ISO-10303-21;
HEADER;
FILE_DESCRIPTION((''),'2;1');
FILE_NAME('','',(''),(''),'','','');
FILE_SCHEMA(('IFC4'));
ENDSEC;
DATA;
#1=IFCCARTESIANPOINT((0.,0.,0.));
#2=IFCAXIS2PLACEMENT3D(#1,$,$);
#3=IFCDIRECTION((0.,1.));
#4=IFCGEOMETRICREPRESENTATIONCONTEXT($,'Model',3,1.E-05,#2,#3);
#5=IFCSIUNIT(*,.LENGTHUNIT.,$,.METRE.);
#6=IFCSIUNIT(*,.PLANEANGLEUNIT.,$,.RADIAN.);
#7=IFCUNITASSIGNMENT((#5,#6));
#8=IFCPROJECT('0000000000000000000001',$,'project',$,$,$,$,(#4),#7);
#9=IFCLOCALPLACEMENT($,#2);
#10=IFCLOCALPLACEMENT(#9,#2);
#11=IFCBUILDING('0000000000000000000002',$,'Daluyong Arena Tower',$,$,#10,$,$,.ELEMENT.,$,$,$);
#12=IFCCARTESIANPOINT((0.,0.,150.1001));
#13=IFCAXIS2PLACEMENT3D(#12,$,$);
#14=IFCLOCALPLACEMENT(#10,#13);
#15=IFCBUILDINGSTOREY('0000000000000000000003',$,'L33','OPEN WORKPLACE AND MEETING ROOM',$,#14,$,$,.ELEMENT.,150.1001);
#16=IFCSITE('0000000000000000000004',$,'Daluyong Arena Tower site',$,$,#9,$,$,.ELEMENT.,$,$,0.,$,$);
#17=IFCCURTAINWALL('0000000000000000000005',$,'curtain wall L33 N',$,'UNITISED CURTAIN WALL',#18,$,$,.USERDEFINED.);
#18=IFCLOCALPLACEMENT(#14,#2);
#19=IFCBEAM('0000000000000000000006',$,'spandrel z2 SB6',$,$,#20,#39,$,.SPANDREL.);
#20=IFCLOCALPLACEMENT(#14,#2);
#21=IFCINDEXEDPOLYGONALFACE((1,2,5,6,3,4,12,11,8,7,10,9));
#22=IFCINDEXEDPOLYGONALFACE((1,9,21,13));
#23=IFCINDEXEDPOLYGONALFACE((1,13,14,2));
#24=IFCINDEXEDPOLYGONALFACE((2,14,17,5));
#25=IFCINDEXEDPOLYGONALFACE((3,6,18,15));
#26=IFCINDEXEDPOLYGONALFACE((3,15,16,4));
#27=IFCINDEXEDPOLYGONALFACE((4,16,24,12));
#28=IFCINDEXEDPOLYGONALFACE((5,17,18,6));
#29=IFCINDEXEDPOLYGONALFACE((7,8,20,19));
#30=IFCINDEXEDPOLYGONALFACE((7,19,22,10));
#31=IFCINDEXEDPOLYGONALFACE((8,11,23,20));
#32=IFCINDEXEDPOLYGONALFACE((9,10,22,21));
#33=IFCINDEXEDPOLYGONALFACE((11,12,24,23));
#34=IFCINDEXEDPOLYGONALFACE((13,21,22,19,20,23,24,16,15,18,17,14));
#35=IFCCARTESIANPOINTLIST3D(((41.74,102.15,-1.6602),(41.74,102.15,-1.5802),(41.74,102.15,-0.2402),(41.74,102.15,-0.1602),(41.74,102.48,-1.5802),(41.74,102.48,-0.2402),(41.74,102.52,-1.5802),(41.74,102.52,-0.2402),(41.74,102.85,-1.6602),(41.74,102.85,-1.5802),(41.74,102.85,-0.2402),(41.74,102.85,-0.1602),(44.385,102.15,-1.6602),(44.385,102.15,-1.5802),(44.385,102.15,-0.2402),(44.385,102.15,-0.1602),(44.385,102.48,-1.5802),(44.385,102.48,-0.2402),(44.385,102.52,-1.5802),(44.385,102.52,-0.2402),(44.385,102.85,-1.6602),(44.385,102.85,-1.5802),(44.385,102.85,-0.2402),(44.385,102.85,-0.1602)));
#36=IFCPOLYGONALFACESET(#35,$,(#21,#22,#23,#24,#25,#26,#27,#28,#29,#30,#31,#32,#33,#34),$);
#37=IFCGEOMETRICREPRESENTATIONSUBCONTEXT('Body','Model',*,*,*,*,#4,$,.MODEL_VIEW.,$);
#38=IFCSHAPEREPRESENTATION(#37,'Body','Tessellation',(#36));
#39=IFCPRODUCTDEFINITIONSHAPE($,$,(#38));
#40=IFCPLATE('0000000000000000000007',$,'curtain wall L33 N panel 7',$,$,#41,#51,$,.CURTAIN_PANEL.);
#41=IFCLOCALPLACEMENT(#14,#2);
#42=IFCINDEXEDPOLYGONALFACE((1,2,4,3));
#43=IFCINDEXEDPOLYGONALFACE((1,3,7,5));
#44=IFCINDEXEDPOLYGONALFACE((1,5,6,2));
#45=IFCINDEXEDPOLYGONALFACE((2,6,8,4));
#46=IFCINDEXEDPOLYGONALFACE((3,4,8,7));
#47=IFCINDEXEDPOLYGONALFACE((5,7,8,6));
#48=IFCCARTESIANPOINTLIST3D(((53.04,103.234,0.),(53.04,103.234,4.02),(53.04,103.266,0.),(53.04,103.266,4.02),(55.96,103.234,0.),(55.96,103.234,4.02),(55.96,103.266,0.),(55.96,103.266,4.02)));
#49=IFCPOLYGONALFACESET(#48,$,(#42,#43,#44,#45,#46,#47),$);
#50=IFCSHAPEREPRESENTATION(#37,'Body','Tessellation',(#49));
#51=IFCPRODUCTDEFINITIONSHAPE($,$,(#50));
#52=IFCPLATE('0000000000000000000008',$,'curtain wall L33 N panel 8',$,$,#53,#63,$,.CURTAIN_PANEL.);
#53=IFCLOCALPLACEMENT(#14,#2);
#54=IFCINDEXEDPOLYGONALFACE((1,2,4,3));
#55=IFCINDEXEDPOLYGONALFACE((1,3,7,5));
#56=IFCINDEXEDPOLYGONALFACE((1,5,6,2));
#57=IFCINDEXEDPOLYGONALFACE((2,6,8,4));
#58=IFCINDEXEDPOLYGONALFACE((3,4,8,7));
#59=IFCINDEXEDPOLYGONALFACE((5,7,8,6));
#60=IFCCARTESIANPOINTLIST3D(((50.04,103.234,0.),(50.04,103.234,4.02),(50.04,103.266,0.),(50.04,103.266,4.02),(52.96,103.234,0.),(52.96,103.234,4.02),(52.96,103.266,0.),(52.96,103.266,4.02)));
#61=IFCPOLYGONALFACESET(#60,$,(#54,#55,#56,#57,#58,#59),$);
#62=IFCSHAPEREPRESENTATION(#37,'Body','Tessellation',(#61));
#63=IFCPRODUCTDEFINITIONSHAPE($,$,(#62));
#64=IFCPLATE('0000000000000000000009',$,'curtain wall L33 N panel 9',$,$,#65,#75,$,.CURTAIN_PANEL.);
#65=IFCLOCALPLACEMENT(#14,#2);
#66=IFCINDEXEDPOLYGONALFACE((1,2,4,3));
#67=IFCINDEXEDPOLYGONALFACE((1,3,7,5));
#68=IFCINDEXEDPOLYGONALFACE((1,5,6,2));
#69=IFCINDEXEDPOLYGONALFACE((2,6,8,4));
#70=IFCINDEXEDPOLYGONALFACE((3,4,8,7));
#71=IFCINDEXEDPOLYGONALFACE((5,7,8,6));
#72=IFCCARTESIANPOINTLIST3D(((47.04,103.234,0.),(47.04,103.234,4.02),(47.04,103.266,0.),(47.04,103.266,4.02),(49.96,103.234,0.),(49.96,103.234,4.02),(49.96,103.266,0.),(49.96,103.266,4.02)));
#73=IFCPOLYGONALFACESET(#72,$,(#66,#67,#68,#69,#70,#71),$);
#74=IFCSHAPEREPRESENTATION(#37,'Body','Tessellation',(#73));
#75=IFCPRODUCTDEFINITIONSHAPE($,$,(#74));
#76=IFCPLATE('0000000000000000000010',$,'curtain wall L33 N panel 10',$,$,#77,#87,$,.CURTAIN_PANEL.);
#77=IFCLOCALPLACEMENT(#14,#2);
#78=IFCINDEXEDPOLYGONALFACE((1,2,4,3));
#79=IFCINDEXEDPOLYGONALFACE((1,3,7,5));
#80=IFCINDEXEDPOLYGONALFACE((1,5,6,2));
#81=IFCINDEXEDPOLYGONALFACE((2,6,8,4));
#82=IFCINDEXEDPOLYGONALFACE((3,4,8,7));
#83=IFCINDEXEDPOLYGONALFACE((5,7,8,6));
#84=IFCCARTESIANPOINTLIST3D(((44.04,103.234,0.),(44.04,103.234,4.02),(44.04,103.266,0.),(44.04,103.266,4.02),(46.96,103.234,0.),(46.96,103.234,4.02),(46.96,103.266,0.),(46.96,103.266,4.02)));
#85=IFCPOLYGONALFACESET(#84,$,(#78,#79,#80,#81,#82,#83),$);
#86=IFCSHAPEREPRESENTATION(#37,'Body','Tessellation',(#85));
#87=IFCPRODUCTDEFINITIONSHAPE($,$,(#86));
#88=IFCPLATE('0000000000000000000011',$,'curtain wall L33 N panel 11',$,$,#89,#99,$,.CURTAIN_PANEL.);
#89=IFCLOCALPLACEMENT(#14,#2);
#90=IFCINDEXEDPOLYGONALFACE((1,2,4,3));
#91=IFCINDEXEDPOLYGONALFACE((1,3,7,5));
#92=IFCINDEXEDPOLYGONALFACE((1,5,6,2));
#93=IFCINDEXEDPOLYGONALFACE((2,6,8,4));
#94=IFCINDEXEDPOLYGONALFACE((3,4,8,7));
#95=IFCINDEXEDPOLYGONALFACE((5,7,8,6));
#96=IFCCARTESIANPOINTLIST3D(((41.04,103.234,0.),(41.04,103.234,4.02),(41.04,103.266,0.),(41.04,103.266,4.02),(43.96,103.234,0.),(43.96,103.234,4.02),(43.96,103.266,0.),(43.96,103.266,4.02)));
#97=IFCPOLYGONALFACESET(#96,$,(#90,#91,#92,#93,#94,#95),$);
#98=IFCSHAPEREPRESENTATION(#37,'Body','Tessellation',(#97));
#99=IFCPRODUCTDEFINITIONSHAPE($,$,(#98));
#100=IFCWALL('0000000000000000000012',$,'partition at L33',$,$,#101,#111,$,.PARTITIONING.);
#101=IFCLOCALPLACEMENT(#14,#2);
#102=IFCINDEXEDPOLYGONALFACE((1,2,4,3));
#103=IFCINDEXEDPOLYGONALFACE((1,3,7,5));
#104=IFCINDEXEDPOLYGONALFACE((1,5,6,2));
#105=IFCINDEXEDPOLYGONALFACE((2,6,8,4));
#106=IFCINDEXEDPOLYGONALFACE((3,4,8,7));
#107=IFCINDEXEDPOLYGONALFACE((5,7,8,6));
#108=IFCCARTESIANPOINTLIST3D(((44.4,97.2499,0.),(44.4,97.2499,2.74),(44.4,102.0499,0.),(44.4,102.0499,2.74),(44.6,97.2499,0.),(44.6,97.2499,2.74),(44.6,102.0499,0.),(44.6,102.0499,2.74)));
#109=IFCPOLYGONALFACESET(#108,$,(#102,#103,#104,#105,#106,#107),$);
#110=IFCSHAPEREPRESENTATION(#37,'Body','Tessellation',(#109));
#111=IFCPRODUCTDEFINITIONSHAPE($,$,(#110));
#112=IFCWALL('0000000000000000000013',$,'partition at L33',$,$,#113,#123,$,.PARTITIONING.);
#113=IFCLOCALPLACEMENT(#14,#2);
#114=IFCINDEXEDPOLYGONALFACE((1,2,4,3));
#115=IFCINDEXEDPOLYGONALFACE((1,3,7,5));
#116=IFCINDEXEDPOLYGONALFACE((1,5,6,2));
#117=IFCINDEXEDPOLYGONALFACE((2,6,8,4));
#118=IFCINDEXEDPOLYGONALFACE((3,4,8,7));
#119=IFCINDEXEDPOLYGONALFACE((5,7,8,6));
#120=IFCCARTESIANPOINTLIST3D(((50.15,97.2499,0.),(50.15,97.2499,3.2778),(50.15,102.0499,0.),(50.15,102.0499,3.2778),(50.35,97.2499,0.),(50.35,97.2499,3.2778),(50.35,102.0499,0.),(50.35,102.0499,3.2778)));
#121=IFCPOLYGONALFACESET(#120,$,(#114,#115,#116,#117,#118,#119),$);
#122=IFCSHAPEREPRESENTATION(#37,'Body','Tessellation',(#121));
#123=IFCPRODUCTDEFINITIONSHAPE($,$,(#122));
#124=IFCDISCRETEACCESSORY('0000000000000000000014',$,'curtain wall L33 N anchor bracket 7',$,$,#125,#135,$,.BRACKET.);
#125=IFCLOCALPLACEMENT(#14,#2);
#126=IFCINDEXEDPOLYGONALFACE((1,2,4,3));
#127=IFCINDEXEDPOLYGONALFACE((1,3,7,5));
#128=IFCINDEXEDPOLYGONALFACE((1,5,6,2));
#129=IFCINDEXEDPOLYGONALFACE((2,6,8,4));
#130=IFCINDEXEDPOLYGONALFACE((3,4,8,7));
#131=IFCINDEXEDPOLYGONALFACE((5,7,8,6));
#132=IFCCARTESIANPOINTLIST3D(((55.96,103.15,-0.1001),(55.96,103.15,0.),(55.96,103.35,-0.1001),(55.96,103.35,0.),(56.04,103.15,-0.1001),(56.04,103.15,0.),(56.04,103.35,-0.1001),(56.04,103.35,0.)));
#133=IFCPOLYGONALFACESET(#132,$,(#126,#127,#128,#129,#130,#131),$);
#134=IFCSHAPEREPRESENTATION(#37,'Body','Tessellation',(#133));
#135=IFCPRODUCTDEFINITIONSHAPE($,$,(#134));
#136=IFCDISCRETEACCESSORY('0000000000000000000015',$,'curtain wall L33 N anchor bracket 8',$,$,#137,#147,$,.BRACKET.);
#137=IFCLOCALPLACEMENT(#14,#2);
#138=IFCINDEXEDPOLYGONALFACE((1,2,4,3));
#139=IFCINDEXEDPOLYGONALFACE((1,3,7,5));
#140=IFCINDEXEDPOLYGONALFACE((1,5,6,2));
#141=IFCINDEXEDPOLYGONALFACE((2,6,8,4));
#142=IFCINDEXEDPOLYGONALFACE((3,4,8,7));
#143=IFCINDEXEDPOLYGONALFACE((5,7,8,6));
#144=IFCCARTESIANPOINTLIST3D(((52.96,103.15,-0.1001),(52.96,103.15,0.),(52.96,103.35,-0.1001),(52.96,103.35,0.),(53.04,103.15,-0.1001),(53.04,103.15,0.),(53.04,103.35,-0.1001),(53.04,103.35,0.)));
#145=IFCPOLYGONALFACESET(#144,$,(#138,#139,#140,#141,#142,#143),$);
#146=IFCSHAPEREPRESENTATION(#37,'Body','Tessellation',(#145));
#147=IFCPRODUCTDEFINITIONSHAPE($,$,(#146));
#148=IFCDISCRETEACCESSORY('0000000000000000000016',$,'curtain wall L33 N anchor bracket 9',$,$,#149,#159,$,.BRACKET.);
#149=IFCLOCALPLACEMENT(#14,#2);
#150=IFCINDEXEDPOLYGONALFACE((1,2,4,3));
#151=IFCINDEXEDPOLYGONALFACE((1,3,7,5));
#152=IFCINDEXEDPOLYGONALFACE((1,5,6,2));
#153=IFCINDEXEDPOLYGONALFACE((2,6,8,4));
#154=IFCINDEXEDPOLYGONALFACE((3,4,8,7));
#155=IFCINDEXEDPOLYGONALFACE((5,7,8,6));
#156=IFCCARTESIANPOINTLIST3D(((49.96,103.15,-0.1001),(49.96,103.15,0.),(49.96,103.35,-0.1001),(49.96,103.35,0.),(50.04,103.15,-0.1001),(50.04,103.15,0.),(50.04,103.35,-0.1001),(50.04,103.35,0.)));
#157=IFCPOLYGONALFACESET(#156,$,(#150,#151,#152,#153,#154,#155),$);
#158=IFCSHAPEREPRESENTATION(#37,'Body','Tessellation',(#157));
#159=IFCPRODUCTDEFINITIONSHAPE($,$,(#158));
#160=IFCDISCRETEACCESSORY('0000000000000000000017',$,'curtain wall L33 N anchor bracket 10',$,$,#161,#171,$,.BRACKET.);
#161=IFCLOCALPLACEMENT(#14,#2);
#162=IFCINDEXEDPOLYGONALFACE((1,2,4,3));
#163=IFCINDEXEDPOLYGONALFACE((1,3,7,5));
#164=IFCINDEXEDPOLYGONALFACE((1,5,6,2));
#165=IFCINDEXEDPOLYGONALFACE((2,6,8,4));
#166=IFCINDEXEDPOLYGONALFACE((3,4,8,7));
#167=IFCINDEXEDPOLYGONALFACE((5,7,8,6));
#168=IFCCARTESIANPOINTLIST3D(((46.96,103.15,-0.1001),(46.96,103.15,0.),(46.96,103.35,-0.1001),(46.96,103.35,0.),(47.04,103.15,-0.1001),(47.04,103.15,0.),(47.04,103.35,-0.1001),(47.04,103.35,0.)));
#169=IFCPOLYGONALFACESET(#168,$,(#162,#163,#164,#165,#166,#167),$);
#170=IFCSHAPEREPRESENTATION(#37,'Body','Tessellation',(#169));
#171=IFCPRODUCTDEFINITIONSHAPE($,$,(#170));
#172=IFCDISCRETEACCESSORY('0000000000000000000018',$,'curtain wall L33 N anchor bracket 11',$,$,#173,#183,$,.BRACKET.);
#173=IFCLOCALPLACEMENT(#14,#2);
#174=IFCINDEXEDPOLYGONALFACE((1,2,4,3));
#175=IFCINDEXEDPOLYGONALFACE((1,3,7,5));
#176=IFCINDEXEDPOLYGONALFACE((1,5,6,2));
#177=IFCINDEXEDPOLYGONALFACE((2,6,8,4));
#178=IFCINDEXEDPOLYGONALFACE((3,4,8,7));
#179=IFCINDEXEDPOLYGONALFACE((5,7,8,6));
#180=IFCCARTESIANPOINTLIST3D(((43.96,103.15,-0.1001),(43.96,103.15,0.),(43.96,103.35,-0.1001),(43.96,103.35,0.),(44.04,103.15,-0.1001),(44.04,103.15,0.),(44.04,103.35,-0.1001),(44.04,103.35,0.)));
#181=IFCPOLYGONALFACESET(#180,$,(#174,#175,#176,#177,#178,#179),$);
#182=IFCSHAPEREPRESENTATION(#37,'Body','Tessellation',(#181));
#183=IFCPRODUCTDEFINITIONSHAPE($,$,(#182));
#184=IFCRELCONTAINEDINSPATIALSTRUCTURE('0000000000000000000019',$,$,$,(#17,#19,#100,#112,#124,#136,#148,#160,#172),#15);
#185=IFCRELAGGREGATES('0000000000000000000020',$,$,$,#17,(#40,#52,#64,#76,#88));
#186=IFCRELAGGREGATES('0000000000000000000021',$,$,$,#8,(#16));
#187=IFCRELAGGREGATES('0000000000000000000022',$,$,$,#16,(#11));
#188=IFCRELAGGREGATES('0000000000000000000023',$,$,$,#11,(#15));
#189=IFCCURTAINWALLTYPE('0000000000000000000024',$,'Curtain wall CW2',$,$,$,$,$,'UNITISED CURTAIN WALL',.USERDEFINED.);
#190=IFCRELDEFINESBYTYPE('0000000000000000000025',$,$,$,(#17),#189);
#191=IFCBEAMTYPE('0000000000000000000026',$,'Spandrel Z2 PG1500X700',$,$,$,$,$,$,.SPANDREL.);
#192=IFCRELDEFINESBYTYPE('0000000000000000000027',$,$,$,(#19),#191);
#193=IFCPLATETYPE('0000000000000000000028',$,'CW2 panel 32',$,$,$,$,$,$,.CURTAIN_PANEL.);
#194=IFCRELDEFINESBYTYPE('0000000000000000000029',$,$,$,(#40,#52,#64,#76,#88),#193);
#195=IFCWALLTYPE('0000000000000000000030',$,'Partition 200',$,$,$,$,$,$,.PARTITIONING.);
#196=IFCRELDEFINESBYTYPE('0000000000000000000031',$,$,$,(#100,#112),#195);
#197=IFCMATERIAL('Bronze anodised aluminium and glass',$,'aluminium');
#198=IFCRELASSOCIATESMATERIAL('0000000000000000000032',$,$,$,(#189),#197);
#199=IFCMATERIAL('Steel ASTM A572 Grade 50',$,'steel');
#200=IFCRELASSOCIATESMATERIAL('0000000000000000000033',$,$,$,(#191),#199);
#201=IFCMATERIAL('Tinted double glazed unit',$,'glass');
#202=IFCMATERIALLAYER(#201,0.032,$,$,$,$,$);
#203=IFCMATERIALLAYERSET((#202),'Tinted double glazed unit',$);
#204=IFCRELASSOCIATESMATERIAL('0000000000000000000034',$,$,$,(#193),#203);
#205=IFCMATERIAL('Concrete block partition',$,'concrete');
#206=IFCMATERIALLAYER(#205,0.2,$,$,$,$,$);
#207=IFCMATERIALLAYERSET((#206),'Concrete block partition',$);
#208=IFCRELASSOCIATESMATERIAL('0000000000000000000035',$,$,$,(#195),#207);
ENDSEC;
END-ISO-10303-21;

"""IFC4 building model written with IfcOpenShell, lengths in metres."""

from ifc_helpers import new_model, si_unit, direction, frame, frame_2d, origin, origin_2d, place, context, subcontext, project, spatial, rectangle, i_section, extrude, material, layer, layer_set, material_profile, profile_set, type_object, element, aggregate, save


model = new_model("IFC4")

# Units and contexts
model_context = context("Model", 3, precision=1e-05, world=origin(), true_north=direction((0.0, 1.0)))
body_context = subcontext(model_context, "Body", "Model", "MODEL_VIEW")
ifc_project = project(units=[si_unit("LENGTHUNIT", "METRE"), si_unit("PLANEANGLEUNIT", "RADIAN")], contexts=[model_context])

# Site, building, storey
site_placement = place(None, origin())
site = spatial("IfcSite", under=ifc_project, at=site_placement, Name="Daluyong Arena Tower site", CompositionType="ELEMENT", RefElevation=0.0)
building_placement = place(site_placement, origin())
building = spatial("IfcBuilding", under=site, at=building_placement, Name="Daluyong Arena Tower", CompositionType="ELEMENT")
storey_placement = place(building_placement, frame((0.0, 0.0, 150.1001)))
storey = spatial("IfcBuildingStorey", under=building, at=storey_placement, Name="L33", Description="OPEN WORKPLACE AND MEETING ROOM", CompositionType="ELEMENT", Elevation=150.1001)

# Curtain wall
ifc_material_1 = material(Name="Bronze anodised aluminium and glass", Category="aluminium")
curtain_wall_type = type_object("IfcCurtainWallType", Name="Curtain wall CW2", ElementType="UNITISED CURTAIN WALL", PredefinedType="USERDEFINED", material=ifc_material_1)
curtain_wall_placement = place(storey_placement, origin())
curtain_wall = element("IfcCurtainWall", 1, at=curtain_wall_placement, inside=storey, type_object=curtain_wall_type, Name="curtain wall L33 N", ObjectType="UNITISED CURTAIN WALL", PredefinedType="USERDEFINED")

# Beam
ifc_material_2 = material(Name="Steel ASTM A572 Grade 50", Category="steel")
ifc_material_profile_1 = material_profile(ifc_material_2, i_section(OverallWidth=0.7, OverallDepth=1.5, WebThickness=0.04, FlangeThickness=0.08, at=origin_2d()))
ifc_profile_set_1 = profile_set([ifc_material_profile_1], Name="Steel ASTM A572 Grade 50")
beam_type_1 = type_object("IfcBeamType", Name="Spandrel Z2 PG1500X700", PredefinedType="SPANDREL", material=ifc_profile_set_1)
for number, where, z_axis, x_axis, name in (
    (2, (44.385, 102.5, -0.9102), (-1.0, 0.0, 0.0), (0.0, -1.0, 0.0), "spandrel z2 SB6"),
):
    element("IfcBeam", number, at=place(storey_placement, frame(where, z_axis=z_axis, x_axis=x_axis)), inside=storey, type_object=beam_type_1, Name=name, PredefinedType="SPANDREL", context=body_context, shape_type="SweptSolid", body=[
        extrude(i_section(OverallWidth=0.7, OverallDepth=1.5, WebThickness=0.04, FlangeThickness=0.08, at=origin_2d()), origin(), (0.0, 0.0, 1.0), 2.645),
    ])

# Plates
ifc_material_3 = material(Name="Tinted double glazed unit", Category="glass")
ifc_layer_1 = layer(ifc_material_3, 0.032)
ifc_layer_set_1 = layer_set([ifc_layer_1], Name="Tinted double glazed unit")
plate_type = type_object("IfcPlateType", Name="CW2 panel 32", PredefinedType="CURTAIN_PANEL", material=ifc_layer_set_1)
plate_1_placement = place(storey_placement, frame((54.5, 103.25, 0.0), z_axis=(0.0, 0.0, 1.0), x_axis=(-1.0, 0.0, 0.0)))
plate_1 = element("IfcPlate", 3, at=plate_1_placement, type_object=plate_type, Name="curtain wall L33 N panel 7", PredefinedType="CURTAIN_PANEL", context=body_context, shape_type="SweptSolid", body=[
    extrude(rectangle(XDim=2.9199, YDim=0.032, at=origin_2d()), origin(), (0.0, 0.0, 1.0), 4.02),
])
plate_2_placement = place(storey_placement, frame((51.5, 103.25, 0.0), z_axis=(0.0, 0.0, 1.0), x_axis=(-1.0, 0.0, 0.0)))
plate_2 = element("IfcPlate", 4, at=plate_2_placement, type_object=plate_type, Name="curtain wall L33 N panel 8", PredefinedType="CURTAIN_PANEL", context=body_context, shape_type="SweptSolid", body=[
    extrude(rectangle(XDim=2.9199, YDim=0.032, at=origin_2d()), origin(), (0.0, 0.0, 1.0), 4.02),
])
plate_3_placement = place(storey_placement, frame((48.5, 103.25, 0.0), z_axis=(0.0, 0.0, 1.0), x_axis=(-1.0, 0.0, 0.0)))
plate_3 = element("IfcPlate", 5, at=plate_3_placement, type_object=plate_type, Name="curtain wall L33 N panel 9", PredefinedType="CURTAIN_PANEL", context=body_context, shape_type="SweptSolid", body=[
    extrude(rectangle(XDim=2.9199, YDim=0.032, at=origin_2d()), origin(), (0.0, 0.0, 1.0), 4.02),
])
plate_4_placement = place(storey_placement, frame((45.5, 103.25, 0.0), z_axis=(0.0, 0.0, 1.0), x_axis=(-1.0, 0.0, 0.0)))
plate_4 = element("IfcPlate", 6, at=plate_4_placement, type_object=plate_type, Name="curtain wall L33 N panel 10", PredefinedType="CURTAIN_PANEL", context=body_context, shape_type="SweptSolid", body=[
    extrude(rectangle(XDim=2.9199, YDim=0.032, at=origin_2d()), origin(), (0.0, 0.0, 1.0), 4.02),
])
plate_5_placement = place(storey_placement, frame((42.5, 103.25, 0.0), z_axis=(0.0, 0.0, 1.0), x_axis=(-1.0, 0.0, 0.0)))
plate_5 = element("IfcPlate", 7, at=plate_5_placement, type_object=plate_type, Name="curtain wall L33 N panel 11", PredefinedType="CURTAIN_PANEL", context=body_context, shape_type="SweptSolid", body=[
    extrude(rectangle(XDim=2.9199, YDim=0.032, at=origin_2d()), origin(), (0.0, 0.0, 1.0), 4.02),
])
aggregate(curtain_wall, [plate_1, plate_2, plate_3, plate_4, plate_5])

# Walls
ifc_material_4 = material(Name="Concrete block partition", Category="concrete")
ifc_layer_2 = layer(ifc_material_4, 0.2)
ifc_layer_set_2 = layer_set([ifc_layer_2], Name="Concrete block partition")
wall_type = type_object("IfcWallType", Name="Partition 200", PredefinedType="PARTITIONING", material=ifc_layer_set_2)
wall_1_placement = place(storey_placement, frame((44.5, 97.25, 0.0), z_axis=(0.0, 0.0, 1.0), x_axis=(0.0, 1.0, 0.0)))
element("IfcWall", 8, at=wall_1_placement, inside=storey, type_object=wall_type, Name="partition at L33", PredefinedType="PARTITIONING", context=body_context, shape_type="SweptSolid", body=[
    extrude(rectangle(XDim=4.8, YDim=0.2, at=frame_2d((2.3999, 0.0))), origin(), (0.0, 0.0, 1.0), 2.74),
])
wall_2_placement = place(storey_placement, frame((50.25, 97.25, 0.0), z_axis=(0.0, 0.0, 1.0), x_axis=(0.0, 1.0, 0.0)))
element("IfcWall", 9, at=wall_2_placement, inside=storey, type_object=wall_type, Name="partition at L33", PredefinedType="PARTITIONING", context=body_context, shape_type="SweptSolid", body=[
    extrude(rectangle(XDim=4.8, YDim=0.2, at=frame_2d((2.3999, 0.0))), origin(), (0.0, 0.0, 1.0), 3.2778),
])

# Discrete accessories
for number, where, z_axis, x_axis, name in (
    (10, (56.0, 103.25, -0.1001), (0.0, 0.0, 1.0), (-1.0, 0.0, 0.0), "curtain wall L33 N anchor bracket 7"),
    (11, (53.0, 103.25, -0.1001), (0.0, 0.0, 1.0), (-1.0, 0.0, 0.0), "curtain wall L33 N anchor bracket 8"),
    (12, (50.0, 103.25, -0.1001), (0.0, 0.0, 1.0), (-1.0, 0.0, 0.0), "curtain wall L33 N anchor bracket 9"),
    (13, (47.0, 103.25, -0.1001), (0.0, 0.0, 1.0), (-1.0, 0.0, 0.0), "curtain wall L33 N anchor bracket 10"),
    (14, (44.0, 103.25, -0.1001), (0.0, 0.0, 1.0), (-1.0, 0.0, 0.0), "curtain wall L33 N anchor bracket 11"),
):
    element("IfcDiscreteAccessory", number, at=place(storey_placement, frame(where, z_axis=z_axis, x_axis=x_axis)), inside=storey, Name=name, PredefinedType="BRACKET", context=body_context, shape_type="SweptSolid", body=[
        extrude(rectangle(XDim=0.0801, YDim=0.2, at=origin_2d()), origin(), (0.0, 0.0, 1.0), 0.1001),
    ])

save(model, "model.ifc")
